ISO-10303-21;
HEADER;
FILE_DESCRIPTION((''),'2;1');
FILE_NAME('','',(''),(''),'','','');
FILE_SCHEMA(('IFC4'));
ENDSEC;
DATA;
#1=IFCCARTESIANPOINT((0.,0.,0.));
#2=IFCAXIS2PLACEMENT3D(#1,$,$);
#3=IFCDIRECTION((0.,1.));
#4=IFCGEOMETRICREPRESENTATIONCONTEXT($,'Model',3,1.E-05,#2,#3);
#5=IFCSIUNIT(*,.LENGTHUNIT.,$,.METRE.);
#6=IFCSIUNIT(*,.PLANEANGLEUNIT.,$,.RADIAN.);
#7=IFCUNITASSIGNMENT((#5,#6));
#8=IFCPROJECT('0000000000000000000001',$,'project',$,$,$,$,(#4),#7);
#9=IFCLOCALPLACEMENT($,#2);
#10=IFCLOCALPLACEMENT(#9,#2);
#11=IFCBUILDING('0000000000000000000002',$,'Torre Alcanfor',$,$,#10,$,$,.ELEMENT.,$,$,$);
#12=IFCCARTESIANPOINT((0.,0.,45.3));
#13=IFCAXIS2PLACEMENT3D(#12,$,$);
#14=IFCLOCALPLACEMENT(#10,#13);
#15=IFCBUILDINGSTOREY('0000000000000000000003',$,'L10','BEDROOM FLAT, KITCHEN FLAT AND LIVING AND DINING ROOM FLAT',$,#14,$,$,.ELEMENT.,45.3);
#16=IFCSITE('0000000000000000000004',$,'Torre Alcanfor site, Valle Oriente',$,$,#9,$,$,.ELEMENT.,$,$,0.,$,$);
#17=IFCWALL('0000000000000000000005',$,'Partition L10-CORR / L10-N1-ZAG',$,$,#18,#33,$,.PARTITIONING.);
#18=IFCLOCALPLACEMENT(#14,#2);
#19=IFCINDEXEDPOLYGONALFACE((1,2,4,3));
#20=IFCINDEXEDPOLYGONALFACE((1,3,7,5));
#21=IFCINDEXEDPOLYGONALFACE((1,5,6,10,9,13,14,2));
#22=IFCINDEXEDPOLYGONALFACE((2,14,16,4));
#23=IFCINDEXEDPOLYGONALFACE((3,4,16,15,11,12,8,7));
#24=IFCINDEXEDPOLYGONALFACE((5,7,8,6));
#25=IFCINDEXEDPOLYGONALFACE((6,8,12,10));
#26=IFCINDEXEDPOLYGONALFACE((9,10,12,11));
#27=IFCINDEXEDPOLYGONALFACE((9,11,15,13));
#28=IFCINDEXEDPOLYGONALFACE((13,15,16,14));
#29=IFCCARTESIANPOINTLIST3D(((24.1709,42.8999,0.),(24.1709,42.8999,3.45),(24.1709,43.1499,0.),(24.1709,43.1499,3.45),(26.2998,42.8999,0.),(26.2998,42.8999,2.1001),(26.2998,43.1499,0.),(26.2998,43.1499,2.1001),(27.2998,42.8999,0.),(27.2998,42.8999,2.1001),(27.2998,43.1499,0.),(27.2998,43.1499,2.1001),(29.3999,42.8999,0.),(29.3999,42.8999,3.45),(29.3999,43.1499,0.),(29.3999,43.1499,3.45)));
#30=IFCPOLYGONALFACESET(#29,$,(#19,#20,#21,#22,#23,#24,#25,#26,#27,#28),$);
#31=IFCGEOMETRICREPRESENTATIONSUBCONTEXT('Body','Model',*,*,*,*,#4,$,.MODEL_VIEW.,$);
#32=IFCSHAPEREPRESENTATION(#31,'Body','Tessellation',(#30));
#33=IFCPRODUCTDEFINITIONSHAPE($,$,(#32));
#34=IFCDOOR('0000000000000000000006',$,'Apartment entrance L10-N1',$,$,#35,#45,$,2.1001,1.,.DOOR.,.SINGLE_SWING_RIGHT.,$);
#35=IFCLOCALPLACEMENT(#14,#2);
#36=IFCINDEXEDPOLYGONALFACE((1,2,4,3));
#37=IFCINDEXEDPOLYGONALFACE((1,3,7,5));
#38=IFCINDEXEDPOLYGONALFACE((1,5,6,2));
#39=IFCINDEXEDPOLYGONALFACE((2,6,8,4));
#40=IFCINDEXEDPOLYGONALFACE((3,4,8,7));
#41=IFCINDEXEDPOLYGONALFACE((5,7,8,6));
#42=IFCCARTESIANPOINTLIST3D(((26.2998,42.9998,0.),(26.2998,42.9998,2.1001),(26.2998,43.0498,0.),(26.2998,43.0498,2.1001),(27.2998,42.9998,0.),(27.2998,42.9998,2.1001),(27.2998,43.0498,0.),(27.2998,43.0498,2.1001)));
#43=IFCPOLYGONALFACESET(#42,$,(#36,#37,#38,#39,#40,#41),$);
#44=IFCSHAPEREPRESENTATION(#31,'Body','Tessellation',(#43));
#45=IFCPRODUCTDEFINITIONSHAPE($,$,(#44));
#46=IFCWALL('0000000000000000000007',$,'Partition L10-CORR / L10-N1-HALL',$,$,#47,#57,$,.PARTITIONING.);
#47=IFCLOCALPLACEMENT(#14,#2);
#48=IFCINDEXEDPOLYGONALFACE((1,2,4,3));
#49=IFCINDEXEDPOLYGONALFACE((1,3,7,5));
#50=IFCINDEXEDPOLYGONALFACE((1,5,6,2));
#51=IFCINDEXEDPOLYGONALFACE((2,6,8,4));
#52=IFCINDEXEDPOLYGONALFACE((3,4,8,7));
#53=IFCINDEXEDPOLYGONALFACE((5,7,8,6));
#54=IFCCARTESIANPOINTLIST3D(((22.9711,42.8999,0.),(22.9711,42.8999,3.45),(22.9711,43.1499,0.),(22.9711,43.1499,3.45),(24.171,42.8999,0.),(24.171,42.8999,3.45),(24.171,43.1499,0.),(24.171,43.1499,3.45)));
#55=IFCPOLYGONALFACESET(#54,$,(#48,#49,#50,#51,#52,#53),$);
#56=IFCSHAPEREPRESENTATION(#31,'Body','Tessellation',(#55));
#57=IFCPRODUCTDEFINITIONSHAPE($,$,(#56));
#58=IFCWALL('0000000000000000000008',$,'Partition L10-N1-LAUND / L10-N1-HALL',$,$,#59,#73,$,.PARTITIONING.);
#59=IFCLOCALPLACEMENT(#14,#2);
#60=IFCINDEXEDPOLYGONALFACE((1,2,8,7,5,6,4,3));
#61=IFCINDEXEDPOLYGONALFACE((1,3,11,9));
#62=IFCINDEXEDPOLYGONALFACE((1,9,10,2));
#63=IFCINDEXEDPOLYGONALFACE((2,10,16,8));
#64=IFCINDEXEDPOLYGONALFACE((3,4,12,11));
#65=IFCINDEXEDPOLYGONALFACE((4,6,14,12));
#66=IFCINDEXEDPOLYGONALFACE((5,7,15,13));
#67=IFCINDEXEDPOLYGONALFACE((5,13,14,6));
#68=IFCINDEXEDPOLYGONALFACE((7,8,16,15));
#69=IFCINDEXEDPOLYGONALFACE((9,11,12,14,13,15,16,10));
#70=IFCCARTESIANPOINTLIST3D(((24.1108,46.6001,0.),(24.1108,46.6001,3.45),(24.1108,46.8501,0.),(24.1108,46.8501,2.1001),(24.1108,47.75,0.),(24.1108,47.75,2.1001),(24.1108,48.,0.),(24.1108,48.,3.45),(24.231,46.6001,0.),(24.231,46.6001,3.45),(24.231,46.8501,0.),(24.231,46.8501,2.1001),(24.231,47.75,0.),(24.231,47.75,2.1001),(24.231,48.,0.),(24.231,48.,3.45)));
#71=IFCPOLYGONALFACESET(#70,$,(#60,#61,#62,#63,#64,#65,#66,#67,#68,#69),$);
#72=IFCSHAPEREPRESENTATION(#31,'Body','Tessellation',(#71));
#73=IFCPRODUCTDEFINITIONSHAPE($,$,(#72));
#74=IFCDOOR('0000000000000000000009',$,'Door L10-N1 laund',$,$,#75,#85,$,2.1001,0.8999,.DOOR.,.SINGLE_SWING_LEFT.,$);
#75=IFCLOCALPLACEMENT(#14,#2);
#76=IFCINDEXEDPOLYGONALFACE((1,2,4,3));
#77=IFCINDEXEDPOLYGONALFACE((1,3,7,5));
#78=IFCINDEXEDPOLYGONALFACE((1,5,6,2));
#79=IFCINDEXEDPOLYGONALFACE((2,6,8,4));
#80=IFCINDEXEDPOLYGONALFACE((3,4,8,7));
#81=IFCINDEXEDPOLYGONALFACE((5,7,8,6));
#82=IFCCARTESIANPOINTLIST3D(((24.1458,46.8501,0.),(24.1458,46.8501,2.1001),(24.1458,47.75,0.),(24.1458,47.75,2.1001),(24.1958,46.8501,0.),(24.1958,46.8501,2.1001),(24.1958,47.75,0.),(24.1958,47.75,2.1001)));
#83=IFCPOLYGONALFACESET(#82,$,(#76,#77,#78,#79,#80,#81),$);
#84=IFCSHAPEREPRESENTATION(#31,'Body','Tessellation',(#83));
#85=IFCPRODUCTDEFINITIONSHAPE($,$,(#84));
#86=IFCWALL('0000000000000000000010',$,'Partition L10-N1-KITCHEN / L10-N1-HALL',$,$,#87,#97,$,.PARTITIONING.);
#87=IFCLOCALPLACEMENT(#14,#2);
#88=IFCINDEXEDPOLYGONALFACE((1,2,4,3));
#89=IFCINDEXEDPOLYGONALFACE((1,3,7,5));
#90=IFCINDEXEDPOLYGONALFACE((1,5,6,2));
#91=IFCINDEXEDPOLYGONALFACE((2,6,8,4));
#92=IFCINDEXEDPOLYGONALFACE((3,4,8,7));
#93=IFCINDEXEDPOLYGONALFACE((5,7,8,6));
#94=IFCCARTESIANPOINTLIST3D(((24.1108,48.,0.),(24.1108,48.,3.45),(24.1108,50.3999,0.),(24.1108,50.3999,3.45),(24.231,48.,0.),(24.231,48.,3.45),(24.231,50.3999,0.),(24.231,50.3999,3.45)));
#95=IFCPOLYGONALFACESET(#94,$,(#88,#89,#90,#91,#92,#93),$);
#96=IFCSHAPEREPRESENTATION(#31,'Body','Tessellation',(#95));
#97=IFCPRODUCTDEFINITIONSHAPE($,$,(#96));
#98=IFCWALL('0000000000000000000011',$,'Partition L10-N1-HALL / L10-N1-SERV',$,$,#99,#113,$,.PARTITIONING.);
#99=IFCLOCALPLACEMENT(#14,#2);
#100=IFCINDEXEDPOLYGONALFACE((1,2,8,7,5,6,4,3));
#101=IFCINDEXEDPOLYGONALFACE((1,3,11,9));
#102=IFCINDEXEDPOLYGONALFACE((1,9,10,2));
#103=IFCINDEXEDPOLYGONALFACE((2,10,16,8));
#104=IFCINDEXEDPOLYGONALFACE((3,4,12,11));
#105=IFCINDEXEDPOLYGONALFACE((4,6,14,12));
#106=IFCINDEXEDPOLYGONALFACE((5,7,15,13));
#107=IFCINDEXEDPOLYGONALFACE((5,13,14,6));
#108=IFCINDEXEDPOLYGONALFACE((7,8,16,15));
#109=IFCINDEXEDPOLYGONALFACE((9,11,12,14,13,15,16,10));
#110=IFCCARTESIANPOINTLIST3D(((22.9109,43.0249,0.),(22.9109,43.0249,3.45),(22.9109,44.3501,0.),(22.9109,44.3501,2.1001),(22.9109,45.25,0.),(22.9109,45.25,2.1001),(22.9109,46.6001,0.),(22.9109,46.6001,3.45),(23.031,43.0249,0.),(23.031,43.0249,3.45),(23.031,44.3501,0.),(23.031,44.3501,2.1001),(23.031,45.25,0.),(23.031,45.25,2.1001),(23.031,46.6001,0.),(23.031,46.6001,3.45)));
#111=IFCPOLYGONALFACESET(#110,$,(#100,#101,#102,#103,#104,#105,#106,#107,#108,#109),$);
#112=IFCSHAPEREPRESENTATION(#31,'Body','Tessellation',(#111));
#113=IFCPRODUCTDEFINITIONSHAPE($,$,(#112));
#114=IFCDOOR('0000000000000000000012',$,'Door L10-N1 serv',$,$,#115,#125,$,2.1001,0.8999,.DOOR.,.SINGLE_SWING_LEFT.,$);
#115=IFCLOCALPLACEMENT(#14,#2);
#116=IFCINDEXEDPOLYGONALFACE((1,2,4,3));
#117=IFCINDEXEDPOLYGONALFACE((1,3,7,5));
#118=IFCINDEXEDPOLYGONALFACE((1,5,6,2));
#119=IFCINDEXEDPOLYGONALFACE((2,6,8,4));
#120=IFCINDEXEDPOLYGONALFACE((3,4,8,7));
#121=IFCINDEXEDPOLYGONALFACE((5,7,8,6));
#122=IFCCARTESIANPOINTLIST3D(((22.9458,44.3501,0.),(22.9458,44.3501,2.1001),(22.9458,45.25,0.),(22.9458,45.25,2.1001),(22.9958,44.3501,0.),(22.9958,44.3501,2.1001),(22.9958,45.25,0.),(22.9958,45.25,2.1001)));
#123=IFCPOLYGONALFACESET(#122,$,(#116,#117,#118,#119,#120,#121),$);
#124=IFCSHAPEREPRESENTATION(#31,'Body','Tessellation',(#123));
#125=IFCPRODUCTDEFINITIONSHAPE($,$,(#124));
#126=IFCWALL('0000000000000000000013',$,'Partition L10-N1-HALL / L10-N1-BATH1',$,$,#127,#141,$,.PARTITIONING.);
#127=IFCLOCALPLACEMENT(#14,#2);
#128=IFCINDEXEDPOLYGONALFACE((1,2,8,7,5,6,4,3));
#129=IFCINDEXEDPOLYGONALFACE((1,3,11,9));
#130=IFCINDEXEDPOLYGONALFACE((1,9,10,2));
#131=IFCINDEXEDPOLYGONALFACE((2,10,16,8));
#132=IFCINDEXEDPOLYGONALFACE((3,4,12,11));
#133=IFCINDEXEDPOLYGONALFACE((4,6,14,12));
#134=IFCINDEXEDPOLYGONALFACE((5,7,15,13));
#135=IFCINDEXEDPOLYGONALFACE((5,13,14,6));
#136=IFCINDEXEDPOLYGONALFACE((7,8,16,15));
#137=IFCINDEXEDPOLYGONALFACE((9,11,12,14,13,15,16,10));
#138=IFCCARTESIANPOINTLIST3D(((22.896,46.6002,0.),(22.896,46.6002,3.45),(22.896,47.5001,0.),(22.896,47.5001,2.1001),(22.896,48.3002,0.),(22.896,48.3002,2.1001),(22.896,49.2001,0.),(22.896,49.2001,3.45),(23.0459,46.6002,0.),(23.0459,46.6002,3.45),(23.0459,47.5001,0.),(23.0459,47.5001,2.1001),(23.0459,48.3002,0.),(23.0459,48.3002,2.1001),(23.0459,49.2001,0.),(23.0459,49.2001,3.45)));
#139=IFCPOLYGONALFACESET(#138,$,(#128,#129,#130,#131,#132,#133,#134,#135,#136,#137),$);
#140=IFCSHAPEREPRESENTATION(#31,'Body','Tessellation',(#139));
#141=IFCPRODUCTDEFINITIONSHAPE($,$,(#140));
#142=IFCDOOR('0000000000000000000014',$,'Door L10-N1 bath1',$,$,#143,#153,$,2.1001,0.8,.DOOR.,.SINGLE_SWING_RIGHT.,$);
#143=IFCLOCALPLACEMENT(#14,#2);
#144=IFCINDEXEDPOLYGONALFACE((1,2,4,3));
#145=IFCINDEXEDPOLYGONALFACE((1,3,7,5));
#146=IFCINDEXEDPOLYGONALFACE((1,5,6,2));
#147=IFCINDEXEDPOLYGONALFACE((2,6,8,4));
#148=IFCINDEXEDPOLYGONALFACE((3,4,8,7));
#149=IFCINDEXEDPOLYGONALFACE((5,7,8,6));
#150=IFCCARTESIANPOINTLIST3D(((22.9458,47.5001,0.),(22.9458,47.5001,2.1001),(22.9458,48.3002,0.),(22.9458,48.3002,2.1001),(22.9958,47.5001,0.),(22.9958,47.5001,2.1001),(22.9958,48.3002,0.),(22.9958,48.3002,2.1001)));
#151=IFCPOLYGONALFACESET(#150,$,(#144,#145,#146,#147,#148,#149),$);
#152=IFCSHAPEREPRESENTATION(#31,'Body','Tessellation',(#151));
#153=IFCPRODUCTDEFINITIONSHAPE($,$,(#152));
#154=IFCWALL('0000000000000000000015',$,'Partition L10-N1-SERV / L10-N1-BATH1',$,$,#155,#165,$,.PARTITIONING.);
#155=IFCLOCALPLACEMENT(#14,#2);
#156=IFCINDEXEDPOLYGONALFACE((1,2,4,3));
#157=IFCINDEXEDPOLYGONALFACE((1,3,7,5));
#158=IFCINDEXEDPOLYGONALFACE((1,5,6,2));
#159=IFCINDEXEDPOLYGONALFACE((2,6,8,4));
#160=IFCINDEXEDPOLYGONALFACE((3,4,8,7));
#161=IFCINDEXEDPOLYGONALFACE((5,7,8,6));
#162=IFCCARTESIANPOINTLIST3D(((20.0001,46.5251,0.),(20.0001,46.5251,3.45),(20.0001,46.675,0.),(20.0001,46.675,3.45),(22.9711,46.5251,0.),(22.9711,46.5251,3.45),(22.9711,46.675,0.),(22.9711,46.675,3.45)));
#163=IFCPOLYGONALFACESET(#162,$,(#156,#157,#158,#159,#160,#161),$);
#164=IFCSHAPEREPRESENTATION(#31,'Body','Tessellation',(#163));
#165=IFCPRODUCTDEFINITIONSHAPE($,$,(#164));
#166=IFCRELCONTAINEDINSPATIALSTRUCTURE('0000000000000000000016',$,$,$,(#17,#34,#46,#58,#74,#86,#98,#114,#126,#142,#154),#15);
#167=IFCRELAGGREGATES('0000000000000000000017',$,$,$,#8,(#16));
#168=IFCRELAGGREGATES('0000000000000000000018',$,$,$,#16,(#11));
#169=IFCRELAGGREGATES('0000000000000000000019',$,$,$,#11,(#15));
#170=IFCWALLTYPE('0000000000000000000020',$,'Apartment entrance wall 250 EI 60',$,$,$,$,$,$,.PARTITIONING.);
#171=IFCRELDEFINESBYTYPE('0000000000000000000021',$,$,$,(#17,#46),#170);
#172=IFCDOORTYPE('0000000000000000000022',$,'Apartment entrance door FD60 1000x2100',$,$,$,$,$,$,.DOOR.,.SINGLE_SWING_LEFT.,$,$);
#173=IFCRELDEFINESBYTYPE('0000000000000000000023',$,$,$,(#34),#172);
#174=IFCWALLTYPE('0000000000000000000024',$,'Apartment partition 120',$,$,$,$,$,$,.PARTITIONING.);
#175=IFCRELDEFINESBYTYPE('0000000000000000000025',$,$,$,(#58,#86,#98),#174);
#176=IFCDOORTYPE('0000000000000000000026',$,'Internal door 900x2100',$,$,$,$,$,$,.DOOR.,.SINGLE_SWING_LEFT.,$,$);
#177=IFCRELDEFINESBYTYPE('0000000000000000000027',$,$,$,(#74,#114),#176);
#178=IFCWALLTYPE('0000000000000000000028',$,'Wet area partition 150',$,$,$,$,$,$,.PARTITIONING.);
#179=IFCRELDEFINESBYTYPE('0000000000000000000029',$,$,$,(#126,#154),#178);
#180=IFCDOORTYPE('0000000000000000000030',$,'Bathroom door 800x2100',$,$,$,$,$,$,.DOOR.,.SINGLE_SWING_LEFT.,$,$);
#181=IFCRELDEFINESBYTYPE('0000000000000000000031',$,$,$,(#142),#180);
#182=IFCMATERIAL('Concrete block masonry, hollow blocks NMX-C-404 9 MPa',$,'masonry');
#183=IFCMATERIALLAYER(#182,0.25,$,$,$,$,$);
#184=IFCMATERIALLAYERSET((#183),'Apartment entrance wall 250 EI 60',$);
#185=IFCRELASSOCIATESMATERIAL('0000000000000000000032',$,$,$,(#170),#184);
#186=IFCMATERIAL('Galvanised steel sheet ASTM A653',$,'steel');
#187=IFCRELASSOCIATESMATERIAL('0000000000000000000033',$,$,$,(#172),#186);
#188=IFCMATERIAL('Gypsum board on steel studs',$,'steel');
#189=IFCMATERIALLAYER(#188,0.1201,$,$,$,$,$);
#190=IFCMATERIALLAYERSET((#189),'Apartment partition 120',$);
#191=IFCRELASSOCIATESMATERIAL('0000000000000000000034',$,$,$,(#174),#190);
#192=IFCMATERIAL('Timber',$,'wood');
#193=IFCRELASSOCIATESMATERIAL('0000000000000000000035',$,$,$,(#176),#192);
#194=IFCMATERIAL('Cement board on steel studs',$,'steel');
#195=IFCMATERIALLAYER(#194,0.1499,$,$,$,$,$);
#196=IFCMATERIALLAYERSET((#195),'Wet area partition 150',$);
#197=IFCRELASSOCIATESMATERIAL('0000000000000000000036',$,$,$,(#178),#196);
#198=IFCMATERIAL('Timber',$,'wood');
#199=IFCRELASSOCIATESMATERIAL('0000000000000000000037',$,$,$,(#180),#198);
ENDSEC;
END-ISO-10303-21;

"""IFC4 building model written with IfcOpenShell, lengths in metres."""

from ifc_helpers import new_model, si_unit, direction, frame, frame_2d, origin, place, context, subcontext, project, spatial, rectangle, extrude, material, layer, layer_set, type_object, element, fill, save


model = new_model("IFC4")

# Units and contexts
model_context = context("Model", 3, precision=1e-05, world=origin(), true_north=direction((0.0, 1.0)))
body_context = subcontext(model_context, "Body", "Model", "MODEL_VIEW")
ifc_project = project(units=[si_unit("LENGTHUNIT", "METRE"), si_unit("PLANEANGLEUNIT", "RADIAN")], contexts=[model_context])

# Site, building, storey
site_placement = place(None, origin())
site = spatial("IfcSite", under=ifc_project, at=site_placement, Name="Torre Alcanfor site, Valle Oriente", CompositionType="ELEMENT", RefElevation=0.0)
building_placement = place(site_placement, origin())
building = spatial("IfcBuilding", under=site, at=building_placement, Name="Torre Alcanfor", CompositionType="ELEMENT")
storey_placement = place(building_placement, frame((0.0, 0.0, 45.3)))
storey = spatial("IfcBuildingStorey", under=building, at=storey_placement, Name="L10", Description="BEDROOM FLAT, KITCHEN FLAT AND LIVING AND DINING ROOM FLAT", CompositionType="ELEMENT", Elevation=45.3)

# Wall, opening, door
ifc_material_1 = material(Name="Concrete block masonry, hollow blocks NMX-C-404 9 MPa", Category="masonry")
ifc_layer_1 = layer(ifc_material_1, 0.25)
ifc_layer_set_1 = layer_set([ifc_layer_1], Name="Apartment entrance wall 250 EI 60")
wall_type_1 = type_object("IfcWallType", Name="Apartment entrance wall 250 EI 60", PredefinedType="PARTITIONING", material=ifc_layer_set_1)
wall_1_placement = place(storey_placement, frame((24.1709, 43.0249, 0.0), z_axis=(0.0, 0.0, 1.0), x_axis=(1.0, 0.0, 0.0)))
wall_1 = element("IfcWall", 1, at=wall_1_placement, inside=storey, type_object=wall_type_1, Name="Partition L10-CORR / L10-N1-ZAG", PredefinedType="PARTITIONING", context=body_context, shape_type="SweptSolid", body=[
    extrude(rectangle(XDim=5.229, YDim=0.25, at=frame_2d((2.6145, 0.0))), origin(), (0.0, 0.0, 1.0), 3.45),
])
opening_1_placement = place(wall_1_placement, frame((2.1289, 0.0, 0.0)))
opening_1 = element("IfcOpeningElement", 2, at=opening_1_placement, cuts=wall_1, PredefinedType="OPENING", context=body_context, shape_type="SweptSolid", body=[
    extrude(rectangle(XDim=1.0, YDim=2.1001, at=frame_2d((0.5, 1.05))), frame((0.0, 0.135, 0.0), z_axis=(0.0, -1.0, 0.0), x_axis=(1.0, 0.0, 0.0)), (0.0, 0.0, 1.0), 0.27),
])
ifc_material_2 = material(Name="Galvanised steel sheet ASTM A653", Category="steel")
door_type_1 = type_object("IfcDoorType", Name="Apartment entrance door FD60 1000x2100", OperationType="SINGLE_SWING_LEFT", PredefinedType="DOOR", material=ifc_material_2)
door_1_placement = place(opening_1_placement, origin())
door_1 = element("IfcDoor", 3, at=door_1_placement, inside=storey, type_object=door_type_1, Name="Apartment entrance L10-N1", OperationType="SINGLE_SWING_RIGHT", OverallHeight=2.1001, OverallWidth=1.0, PredefinedType="DOOR", context=body_context, shape_type="SweptSolid", body=[
    extrude(rectangle(XDim=1.0, YDim=2.1001, at=frame_2d((0.5, 1.05))), frame((0.0, 0.0249, 0.0), z_axis=(0.0, -1.0, 0.0), x_axis=(1.0, 0.0, 0.0)), (0.0, 0.0, 1.0), 0.05),
])
fill(opening_1, door_1)

# Wall
wall_2_placement = place(storey_placement, frame((22.9709, 43.0249, 0.0), z_axis=(0.0, 0.0, 1.0), x_axis=(1.0, 0.0, 0.0)))
element("IfcWall", 4, at=wall_2_placement, inside=storey, type_object=wall_type_1, Name="Partition L10-CORR / L10-N1-HALL", PredefinedType="PARTITIONING", context=body_context, shape_type="SweptSolid", body=[
    extrude(rectangle(XDim=1.2, YDim=0.25, at=frame_2d((0.6001, 0.0))), origin(), (0.0, 0.0, 1.0), 3.45),
])

# Wall, opening, door
ifc_material_3 = material(Name="Gypsum board on steel studs", Category="steel")
ifc_layer_2 = layer(ifc_material_3, 0.1201)
ifc_layer_set_2 = layer_set([ifc_layer_2], Name="Apartment partition 120")
wall_type_2 = type_object("IfcWallType", Name="Apartment partition 120", PredefinedType="PARTITIONING", material=ifc_layer_set_2)
wall_3_placement = place(storey_placement, frame((24.1709, 48.0, 0.0), z_axis=(0.0, 0.0, 1.0), x_axis=(0.0, -1.0, 0.0)))
wall_3 = element("IfcWall", 5, at=wall_3_placement, inside=storey, type_object=wall_type_2, Name="Partition L10-N1-LAUND / L10-N1-HALL", PredefinedType="PARTITIONING", context=body_context, shape_type="SweptSolid", body=[
    extrude(rectangle(XDim=1.3999, YDim=0.1201, at=frame_2d((0.7, 0.0))), origin(), (0.0, 0.0, 1.0), 3.45),
])
opening_2_placement = place(wall_3_placement, frame((0.25, 0.0, 0.0)))
opening_2 = element("IfcOpeningElement", 6, at=opening_2_placement, cuts=wall_3, PredefinedType="OPENING", context=body_context, shape_type="SweptSolid", body=[
    extrude(rectangle(XDim=0.8999, YDim=2.1001, at=frame_2d((0.45, 1.05))), frame((0.0, 0.0701, 0.0), z_axis=(0.0, -1.0, 0.0), x_axis=(1.0, 0.0, 0.0)), (0.0, 0.0, 1.0), 0.1401),
])
ifc_material_4 = material(Name="Timber", Category="wood")
door_type_2 = type_object("IfcDoorType", Name="Internal door 900x2100", OperationType="SINGLE_SWING_LEFT", PredefinedType="DOOR", material=ifc_material_4)
door_2_placement = place(opening_2_placement, origin())
door_2 = element("IfcDoor", 7, at=door_2_placement, inside=storey, type_object=door_type_2, Name="Door L10-N1 laund", OperationType="SINGLE_SWING_LEFT", OverallHeight=2.1001, OverallWidth=0.8999, PredefinedType="DOOR", context=body_context, shape_type="SweptSolid", body=[
    extrude(rectangle(XDim=0.8999, YDim=2.1001, at=frame_2d((0.45, 1.05))), frame((0.0, 0.0249, 0.0), z_axis=(0.0, -1.0, 0.0), x_axis=(1.0, 0.0, 0.0)), (0.0, 0.0, 1.0), 0.05),
])
fill(opening_2, door_2)

# Wall
wall_4_placement = place(storey_placement, frame((24.1709, 50.3999, 0.0), z_axis=(0.0, 0.0, 1.0), x_axis=(0.0, -1.0, 0.0)))
element("IfcWall", 8, at=wall_4_placement, inside=storey, type_object=wall_type_2, Name="Partition L10-N1-KITCHEN / L10-N1-HALL", PredefinedType="PARTITIONING", context=body_context, shape_type="SweptSolid", body=[
    extrude(rectangle(XDim=2.3999, YDim=0.1201, at=frame_2d((1.2, 0.0))), origin(), (0.0, 0.0, 1.0), 3.45),
])

# Walls, openings, doors
wall_5_placement = place(storey_placement, frame((22.9709, 46.6001, 0.0), z_axis=(0.0, 0.0, 1.0), x_axis=(0.0, -1.0, 0.0)))
wall_5 = element("IfcWall", 9, at=wall_5_placement, inside=storey, type_object=wall_type_2, Name="Partition L10-N1-HALL / L10-N1-SERV", PredefinedType="PARTITIONING", context=body_context, shape_type="SweptSolid", body=[
    extrude(rectangle(XDim=3.5752, YDim=0.1201, at=frame_2d((1.7876, 0.0))), origin(), (0.0, 0.0, 1.0), 3.45),
])
opening_3_placement = place(wall_5_placement, frame((1.3501, 0.0, 0.0)))
opening_3 = element("IfcOpeningElement", 10, at=opening_3_placement, cuts=wall_5, PredefinedType="OPENING", context=body_context, shape_type="SweptSolid", body=[
    extrude(rectangle(XDim=0.8999, YDim=2.1001, at=frame_2d((0.45, 1.05))), frame((0.0, 0.0701, 0.0), z_axis=(0.0, -1.0, 0.0), x_axis=(1.0, 0.0, 0.0)), (0.0, 0.0, 1.0), 0.1401),
])
door_3_placement = place(opening_3_placement, frame((0.8999, 0.0, 0.0), z_axis=(0.0, 0.0, 1.0), x_axis=(-1.0, 0.0, 0.0)))
door_3 = element("IfcDoor", 11, at=door_3_placement, inside=storey, type_object=door_type_2, Name="Door L10-N1 serv", OperationType="SINGLE_SWING_LEFT", OverallHeight=2.1001, OverallWidth=0.8999, PredefinedType="DOOR", context=body_context, shape_type="SweptSolid", body=[
    extrude(rectangle(XDim=0.8999, YDim=2.1001, at=frame_2d((0.45, 1.05))), frame((0.0, 0.0251, 0.0), z_axis=(0.0, -1.0, 0.0), x_axis=(1.0, 0.0, 0.0)), (0.0, 0.0, 1.0), 0.05),
])
fill(opening_3, door_3)
ifc_material_5 = material(Name="Cement board on steel studs", Category="steel")
ifc_layer_3 = layer(ifc_material_5, 0.1499)
ifc_layer_set_3 = layer_set([ifc_layer_3], Name="Wet area partition 150")
wall_type_3 = type_object("IfcWallType", Name="Wet area partition 150", PredefinedType="PARTITIONING", material=ifc_layer_set_3)
wall_6_placement = place(storey_placement, frame((22.9709, 49.2, 0.0), z_axis=(0.0, 0.0, 1.0), x_axis=(0.0, -1.0, 0.0)))
wall_6 = element("IfcWall", 12, at=wall_6_placement, inside=storey, type_object=wall_type_3, Name="Partition L10-N1-HALL / L10-N1-BATH1", PredefinedType="PARTITIONING", context=body_context, shape_type="SweptSolid", body=[
    extrude(rectangle(XDim=2.5999, YDim=0.1499, at=frame_2d((1.2998, 0.0))), origin(), (0.0, 0.0, 1.0), 3.45),
])
opening_4_placement = place(wall_6_placement, frame((0.8999, 0.0, 0.0)))
opening_4 = element("IfcOpeningElement", 13, at=opening_4_placement, cuts=wall_6, PredefinedType="OPENING", context=body_context, shape_type="SweptSolid", body=[
    extrude(rectangle(XDim=0.8, YDim=2.1001, at=frame_2d((0.3999, 1.05))), frame((0.0, 0.085, 0.0), z_axis=(0.0, -1.0, 0.0), x_axis=(1.0, 0.0, 0.0)), (0.0, 0.0, 1.0), 0.1699),
])
ifc_material_6 = material(Name="Timber", Category="wood")
door_type_3 = type_object("IfcDoorType", Name="Bathroom door 800x2100", OperationType="SINGLE_SWING_LEFT", PredefinedType="DOOR", material=ifc_material_6)
door_4_placement = place(opening_4_placement, frame((0.8, 0.0, 0.0), z_axis=(0.0, 0.0, 1.0), x_axis=(-1.0, 0.0, 0.0)))
door_4 = element("IfcDoor", 14, at=door_4_placement, inside=storey, type_object=door_type_3, Name="Door L10-N1 bath1", OperationType="SINGLE_SWING_RIGHT", OverallHeight=2.1001, OverallWidth=0.8, PredefinedType="DOOR", context=body_context, shape_type="SweptSolid", body=[
    extrude(rectangle(XDim=0.8, YDim=2.1001, at=frame_2d((0.4001, 1.05))), frame((0.0, 0.0251, 0.0), z_axis=(0.0, -1.0, 0.0), x_axis=(1.0, 0.0, 0.0)), (0.0, 0.0, 1.0), 0.05),
])
fill(opening_4, door_4)

# Wall
for number, where, z_axis, x_axis, name in (
    (15, (22.9709, 46.6001, 0.0), (0.0, 0.0, 1.0), (-1.0, 0.0, 0.0), "Partition L10-N1-SERV / L10-N1-BATH1"),
):
    element("IfcWall", number, at=place(storey_placement, frame(where, z_axis=z_axis, x_axis=x_axis)), inside=storey, type_object=wall_type_3, Name=name, PredefinedType="PARTITIONING", context=body_context, shape_type="SweptSolid", body=[
        extrude(rectangle(XDim=2.9709, YDim=0.1499, at=frame_2d((1.4854, 0.0))), origin(), (0.0, 0.0, 1.0), 3.45),
    ])

save(model, "model.ifc")
